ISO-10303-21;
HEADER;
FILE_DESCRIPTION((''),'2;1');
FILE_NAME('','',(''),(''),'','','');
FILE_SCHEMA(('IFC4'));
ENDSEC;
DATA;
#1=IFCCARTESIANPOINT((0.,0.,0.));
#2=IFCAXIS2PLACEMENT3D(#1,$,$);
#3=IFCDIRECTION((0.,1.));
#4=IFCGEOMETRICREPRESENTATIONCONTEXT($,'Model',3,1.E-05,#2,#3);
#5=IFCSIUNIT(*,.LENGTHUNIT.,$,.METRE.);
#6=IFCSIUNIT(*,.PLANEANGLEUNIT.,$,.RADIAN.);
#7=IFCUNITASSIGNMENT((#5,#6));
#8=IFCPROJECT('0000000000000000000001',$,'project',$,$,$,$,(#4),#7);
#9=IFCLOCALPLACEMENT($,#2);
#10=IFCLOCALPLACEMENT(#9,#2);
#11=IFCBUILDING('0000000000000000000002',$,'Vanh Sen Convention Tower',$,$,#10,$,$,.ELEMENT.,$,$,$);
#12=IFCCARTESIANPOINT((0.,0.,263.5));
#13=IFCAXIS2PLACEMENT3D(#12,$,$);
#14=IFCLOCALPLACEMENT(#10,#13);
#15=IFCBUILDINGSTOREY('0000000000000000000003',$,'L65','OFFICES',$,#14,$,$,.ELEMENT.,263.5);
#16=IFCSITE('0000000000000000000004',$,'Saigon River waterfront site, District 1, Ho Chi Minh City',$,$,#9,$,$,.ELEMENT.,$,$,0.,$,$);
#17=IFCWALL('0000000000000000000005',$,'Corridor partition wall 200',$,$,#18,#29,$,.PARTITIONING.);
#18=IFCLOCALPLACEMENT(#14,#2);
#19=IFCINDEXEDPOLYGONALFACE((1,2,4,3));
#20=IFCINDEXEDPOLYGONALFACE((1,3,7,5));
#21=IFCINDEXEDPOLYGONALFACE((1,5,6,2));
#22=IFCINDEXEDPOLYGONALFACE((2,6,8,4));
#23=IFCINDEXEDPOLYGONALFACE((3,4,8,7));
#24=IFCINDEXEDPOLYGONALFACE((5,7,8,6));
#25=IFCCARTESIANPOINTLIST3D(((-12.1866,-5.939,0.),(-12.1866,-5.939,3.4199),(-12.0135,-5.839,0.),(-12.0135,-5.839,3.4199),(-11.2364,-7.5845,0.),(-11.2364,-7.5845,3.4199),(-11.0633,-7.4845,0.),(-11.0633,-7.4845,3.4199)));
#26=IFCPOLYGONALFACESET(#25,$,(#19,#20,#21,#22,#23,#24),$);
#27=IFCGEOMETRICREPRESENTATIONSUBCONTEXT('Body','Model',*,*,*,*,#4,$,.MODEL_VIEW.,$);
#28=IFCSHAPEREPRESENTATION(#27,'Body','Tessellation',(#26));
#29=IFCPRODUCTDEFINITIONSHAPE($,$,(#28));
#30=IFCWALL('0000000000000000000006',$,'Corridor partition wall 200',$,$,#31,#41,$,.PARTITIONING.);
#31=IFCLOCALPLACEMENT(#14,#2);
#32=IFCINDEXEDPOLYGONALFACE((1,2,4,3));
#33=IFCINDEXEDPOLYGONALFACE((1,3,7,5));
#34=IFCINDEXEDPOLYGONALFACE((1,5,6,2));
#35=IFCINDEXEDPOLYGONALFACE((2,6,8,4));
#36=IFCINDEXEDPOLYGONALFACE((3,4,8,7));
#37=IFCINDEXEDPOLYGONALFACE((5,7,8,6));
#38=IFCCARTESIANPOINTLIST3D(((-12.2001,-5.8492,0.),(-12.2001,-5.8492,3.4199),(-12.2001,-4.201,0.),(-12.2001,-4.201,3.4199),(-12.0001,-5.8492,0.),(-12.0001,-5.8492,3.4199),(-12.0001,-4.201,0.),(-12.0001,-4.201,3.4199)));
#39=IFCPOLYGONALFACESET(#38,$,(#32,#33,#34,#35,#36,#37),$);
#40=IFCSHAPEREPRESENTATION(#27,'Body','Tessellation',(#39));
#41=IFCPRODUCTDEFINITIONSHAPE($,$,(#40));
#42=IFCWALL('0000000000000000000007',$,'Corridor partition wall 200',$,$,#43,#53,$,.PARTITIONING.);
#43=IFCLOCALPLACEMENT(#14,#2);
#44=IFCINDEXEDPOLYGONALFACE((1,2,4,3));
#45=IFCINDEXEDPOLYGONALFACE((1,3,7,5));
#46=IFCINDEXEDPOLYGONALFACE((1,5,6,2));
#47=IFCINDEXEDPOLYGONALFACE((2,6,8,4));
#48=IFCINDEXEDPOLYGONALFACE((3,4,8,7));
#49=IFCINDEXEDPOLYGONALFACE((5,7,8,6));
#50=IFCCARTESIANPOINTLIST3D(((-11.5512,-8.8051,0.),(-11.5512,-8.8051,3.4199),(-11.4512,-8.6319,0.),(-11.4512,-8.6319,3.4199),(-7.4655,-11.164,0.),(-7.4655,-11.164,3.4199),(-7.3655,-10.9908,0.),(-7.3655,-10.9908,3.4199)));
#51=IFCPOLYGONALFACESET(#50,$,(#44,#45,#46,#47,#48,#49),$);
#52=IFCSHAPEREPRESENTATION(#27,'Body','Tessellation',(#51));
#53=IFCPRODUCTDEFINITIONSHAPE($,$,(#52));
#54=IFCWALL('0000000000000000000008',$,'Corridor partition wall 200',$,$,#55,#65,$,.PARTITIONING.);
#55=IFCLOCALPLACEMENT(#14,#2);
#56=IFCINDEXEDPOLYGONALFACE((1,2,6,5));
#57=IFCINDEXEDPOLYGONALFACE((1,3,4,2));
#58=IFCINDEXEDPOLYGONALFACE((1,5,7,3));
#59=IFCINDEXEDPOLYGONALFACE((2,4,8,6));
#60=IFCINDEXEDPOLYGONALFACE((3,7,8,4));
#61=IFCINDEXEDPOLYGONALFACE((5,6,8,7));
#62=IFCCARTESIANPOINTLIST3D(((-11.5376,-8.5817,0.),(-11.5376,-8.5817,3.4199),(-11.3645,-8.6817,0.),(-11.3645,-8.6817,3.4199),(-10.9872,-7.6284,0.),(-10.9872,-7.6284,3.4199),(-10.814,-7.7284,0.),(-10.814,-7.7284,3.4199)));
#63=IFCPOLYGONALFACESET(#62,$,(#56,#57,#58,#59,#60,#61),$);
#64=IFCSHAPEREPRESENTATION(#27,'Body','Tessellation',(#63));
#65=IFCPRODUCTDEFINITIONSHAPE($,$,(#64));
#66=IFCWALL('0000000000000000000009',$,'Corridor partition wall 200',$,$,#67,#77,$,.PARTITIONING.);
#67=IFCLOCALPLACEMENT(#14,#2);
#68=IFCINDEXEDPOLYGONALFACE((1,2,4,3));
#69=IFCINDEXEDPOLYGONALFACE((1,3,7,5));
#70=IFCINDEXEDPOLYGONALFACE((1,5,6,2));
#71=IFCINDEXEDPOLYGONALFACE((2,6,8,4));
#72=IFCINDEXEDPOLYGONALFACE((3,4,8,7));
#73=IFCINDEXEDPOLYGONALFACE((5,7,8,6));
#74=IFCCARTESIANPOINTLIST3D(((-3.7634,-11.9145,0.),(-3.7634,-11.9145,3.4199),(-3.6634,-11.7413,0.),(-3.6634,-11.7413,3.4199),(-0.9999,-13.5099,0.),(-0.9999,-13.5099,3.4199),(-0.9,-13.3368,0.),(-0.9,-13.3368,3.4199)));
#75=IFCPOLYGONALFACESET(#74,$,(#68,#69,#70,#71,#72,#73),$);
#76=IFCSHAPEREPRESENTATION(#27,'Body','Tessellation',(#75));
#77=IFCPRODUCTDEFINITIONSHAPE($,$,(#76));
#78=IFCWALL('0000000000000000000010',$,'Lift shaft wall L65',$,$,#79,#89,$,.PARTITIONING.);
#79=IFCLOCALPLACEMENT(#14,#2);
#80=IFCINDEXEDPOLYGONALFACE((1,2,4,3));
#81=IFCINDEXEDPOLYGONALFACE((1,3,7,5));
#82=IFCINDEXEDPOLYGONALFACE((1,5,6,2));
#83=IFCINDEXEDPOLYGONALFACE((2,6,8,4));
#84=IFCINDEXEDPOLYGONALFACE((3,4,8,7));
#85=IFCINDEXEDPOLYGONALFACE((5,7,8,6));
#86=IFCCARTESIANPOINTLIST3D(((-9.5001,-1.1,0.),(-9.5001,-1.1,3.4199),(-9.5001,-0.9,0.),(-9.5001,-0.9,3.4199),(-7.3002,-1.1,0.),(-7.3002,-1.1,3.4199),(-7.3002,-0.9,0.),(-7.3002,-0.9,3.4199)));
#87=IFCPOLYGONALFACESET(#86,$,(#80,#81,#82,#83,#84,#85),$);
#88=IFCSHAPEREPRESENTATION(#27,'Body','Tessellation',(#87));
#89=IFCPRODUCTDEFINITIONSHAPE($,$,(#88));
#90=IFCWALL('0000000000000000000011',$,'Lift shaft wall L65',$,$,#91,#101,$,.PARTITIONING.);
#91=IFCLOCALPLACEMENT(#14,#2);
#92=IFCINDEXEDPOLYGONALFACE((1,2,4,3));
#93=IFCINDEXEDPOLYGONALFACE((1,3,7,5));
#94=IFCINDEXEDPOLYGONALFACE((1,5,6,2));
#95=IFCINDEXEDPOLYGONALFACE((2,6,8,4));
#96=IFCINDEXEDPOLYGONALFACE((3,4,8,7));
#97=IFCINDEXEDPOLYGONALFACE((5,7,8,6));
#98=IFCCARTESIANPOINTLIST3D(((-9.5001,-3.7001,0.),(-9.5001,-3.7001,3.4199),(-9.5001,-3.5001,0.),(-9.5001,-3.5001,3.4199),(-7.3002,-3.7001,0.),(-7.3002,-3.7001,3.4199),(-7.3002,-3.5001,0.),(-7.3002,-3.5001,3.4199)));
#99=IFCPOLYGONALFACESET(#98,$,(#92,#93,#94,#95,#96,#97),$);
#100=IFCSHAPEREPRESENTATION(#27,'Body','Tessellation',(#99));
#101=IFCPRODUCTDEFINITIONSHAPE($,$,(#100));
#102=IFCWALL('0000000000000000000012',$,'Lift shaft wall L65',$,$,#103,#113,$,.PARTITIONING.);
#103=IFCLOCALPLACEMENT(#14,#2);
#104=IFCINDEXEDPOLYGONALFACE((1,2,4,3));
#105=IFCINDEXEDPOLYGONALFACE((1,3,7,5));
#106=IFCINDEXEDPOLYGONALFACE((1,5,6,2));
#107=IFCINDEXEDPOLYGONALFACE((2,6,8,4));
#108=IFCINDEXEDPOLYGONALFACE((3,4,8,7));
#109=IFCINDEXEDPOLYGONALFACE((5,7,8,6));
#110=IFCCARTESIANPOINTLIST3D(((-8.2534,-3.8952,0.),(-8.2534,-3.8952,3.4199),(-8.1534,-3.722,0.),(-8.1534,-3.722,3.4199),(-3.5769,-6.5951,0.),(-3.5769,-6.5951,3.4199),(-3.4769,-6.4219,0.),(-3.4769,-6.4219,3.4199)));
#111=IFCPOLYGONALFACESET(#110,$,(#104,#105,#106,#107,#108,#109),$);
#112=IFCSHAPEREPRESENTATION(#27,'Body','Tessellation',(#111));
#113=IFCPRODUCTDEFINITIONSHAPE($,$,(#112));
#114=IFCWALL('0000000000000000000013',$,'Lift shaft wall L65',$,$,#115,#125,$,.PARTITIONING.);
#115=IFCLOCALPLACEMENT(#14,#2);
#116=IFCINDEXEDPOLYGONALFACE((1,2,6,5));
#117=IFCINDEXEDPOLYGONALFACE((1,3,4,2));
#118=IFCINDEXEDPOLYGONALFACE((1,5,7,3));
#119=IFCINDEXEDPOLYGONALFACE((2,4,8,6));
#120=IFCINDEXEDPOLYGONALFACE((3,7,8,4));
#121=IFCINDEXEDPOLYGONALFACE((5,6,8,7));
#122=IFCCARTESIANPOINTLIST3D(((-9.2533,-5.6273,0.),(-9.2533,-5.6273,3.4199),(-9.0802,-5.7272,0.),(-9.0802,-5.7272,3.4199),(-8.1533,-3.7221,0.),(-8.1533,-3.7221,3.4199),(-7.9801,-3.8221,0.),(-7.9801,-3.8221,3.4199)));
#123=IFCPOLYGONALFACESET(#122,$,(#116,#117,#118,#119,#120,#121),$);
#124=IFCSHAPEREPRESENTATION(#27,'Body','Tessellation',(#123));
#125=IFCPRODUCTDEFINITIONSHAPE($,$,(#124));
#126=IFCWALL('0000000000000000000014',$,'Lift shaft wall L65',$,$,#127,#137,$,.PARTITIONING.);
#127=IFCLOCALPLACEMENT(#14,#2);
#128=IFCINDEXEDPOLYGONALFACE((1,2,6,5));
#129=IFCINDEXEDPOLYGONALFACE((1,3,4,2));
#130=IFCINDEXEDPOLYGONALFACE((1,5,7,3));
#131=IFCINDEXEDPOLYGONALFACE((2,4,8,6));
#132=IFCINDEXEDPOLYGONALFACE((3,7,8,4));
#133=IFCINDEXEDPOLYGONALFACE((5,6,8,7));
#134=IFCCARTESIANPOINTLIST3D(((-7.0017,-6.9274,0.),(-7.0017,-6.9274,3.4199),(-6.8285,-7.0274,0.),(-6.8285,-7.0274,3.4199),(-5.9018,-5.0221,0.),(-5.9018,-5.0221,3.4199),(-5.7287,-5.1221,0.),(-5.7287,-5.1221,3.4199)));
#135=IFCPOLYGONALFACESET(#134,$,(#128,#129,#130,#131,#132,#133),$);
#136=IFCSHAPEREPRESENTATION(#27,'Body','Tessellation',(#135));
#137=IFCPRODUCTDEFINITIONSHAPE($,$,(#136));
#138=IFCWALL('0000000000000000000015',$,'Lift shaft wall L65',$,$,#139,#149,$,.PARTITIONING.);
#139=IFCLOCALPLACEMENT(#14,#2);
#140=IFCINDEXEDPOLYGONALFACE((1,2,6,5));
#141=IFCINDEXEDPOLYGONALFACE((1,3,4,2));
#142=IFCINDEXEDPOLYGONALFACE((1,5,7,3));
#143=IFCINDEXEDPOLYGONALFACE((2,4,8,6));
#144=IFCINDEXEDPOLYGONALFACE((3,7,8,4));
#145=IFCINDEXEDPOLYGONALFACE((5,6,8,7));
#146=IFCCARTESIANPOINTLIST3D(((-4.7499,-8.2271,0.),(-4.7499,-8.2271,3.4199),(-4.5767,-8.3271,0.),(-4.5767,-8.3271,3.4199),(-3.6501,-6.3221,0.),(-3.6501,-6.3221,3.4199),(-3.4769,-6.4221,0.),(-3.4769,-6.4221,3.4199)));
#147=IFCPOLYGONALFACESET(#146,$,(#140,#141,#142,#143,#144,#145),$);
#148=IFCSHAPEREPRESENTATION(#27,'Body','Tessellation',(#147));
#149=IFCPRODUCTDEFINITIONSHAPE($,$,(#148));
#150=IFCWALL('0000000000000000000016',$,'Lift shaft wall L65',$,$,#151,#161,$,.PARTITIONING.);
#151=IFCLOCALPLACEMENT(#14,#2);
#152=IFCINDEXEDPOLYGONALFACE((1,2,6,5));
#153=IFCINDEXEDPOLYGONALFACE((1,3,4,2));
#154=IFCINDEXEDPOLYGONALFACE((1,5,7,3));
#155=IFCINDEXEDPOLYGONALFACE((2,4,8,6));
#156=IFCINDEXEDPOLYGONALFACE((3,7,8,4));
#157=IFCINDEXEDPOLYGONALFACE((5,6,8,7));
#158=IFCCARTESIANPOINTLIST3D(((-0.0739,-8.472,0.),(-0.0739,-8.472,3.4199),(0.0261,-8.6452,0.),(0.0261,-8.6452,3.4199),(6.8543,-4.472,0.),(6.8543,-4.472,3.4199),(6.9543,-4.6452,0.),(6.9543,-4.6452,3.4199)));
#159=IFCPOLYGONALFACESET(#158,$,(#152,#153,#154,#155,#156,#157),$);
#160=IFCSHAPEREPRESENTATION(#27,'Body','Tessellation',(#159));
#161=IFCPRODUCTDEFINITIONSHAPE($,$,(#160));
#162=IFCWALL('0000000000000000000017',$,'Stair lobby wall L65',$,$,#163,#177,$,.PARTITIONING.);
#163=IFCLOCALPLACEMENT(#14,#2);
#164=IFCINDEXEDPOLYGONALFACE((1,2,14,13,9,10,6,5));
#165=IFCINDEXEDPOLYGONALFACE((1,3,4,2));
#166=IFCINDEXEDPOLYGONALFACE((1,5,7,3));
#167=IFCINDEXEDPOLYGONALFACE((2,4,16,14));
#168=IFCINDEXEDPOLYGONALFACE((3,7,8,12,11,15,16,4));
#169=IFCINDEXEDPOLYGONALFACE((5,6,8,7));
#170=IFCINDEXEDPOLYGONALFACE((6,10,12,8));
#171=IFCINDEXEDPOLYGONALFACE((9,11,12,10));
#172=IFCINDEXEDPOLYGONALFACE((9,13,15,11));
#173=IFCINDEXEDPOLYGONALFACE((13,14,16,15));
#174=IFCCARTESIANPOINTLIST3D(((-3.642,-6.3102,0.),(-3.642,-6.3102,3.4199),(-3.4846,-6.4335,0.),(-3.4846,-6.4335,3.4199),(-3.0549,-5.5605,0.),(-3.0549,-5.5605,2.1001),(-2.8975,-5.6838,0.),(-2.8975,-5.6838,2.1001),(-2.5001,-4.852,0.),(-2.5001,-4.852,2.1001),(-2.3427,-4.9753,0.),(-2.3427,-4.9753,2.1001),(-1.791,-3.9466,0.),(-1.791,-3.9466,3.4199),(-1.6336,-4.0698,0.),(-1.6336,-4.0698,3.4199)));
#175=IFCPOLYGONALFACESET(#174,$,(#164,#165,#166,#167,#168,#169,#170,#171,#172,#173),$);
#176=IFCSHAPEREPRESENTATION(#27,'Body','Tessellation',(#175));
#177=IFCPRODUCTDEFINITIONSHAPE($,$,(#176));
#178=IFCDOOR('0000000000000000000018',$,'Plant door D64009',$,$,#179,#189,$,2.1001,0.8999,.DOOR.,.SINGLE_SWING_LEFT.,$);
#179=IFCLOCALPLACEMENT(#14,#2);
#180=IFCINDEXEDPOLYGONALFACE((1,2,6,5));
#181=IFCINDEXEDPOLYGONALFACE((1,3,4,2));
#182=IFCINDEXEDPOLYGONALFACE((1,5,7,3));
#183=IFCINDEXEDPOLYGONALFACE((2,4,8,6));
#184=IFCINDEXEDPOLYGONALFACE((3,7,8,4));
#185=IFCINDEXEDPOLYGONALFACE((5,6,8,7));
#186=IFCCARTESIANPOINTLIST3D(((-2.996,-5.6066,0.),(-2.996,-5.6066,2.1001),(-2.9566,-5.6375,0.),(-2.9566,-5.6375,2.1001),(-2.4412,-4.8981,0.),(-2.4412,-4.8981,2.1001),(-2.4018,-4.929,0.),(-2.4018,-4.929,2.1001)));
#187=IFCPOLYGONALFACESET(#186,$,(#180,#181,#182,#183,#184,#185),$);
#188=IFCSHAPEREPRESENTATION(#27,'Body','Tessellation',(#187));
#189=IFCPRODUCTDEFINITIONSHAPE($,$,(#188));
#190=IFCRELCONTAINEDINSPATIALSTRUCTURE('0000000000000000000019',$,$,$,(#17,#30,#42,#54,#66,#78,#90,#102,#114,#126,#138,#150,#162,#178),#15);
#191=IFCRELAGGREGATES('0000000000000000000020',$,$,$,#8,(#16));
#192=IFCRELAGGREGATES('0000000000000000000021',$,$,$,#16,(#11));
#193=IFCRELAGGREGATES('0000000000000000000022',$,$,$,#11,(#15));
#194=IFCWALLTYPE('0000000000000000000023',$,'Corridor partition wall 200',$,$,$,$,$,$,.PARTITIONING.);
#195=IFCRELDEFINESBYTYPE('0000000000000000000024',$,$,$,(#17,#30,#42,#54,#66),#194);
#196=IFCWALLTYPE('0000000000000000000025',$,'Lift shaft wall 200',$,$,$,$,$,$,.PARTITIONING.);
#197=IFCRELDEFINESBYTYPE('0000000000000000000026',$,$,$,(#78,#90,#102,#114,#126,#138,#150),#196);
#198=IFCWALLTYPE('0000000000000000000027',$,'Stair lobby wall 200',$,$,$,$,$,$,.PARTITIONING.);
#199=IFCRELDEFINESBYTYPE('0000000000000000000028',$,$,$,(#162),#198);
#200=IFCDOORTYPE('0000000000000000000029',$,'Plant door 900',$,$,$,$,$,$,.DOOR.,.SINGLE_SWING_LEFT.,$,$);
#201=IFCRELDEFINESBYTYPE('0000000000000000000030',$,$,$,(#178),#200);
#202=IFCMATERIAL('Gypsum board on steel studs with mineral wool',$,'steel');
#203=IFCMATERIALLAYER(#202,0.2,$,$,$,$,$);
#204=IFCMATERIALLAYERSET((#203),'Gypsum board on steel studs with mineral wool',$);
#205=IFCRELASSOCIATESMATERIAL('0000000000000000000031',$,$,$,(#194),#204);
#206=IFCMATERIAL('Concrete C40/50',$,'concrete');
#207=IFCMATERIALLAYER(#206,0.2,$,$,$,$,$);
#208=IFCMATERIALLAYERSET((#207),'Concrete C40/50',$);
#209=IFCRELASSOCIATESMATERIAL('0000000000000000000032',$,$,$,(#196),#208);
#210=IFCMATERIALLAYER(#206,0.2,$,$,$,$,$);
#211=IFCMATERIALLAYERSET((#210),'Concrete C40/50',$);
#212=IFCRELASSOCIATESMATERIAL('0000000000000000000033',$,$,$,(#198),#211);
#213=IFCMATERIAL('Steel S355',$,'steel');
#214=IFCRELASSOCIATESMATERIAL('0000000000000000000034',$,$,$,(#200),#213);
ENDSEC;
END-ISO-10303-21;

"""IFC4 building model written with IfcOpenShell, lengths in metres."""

from ifc_helpers import new_model, si_unit, direction, frame, frame_2d, origin, place, context, subcontext, project, spatial, rectangle, extrude, material, layer, layer_set, type_object, element, fill, save


model = new_model("IFC4")

# Units and contexts
model_context = context("Model", 3, precision=1e-05, world=origin(), true_north=direction((0.0, 1.0)))
body_context = subcontext(model_context, "Body", "Model", "MODEL_VIEW")
ifc_project = project(units=[si_unit("LENGTHUNIT", "METRE"), si_unit("PLANEANGLEUNIT", "RADIAN")], contexts=[model_context])

# Site, building, storey
site_placement = place(None, origin())
site = spatial("IfcSite", under=ifc_project, at=site_placement, Name="Saigon River waterfront site, District 1, Ho Chi Minh City", CompositionType="ELEMENT", RefElevation=0.0)
building_placement = place(site_placement, origin())
building = spatial("IfcBuilding", under=site, at=building_placement, Name="Vanh Sen Convention Tower", CompositionType="ELEMENT")
storey_placement = place(building_placement, frame((0.0, 0.0, 263.5)))
storey = spatial("IfcBuildingStorey", under=building, at=storey_placement, Name="L65", Description="OFFICES", CompositionType="ELEMENT", Elevation=263.5)

# Shared definitions
ifc_material_1 = material(Name="Steel S355", Category="steel")

# Walls
ifc_material_2 = material(Name="Gypsum board on steel studs with mineral wool", Category="steel")
ifc_layer_1 = layer(ifc_material_2, 0.2)
ifc_layer_set_1 = layer_set([ifc_layer_1], Name="Gypsum board on steel studs with mineral wool")
wall_type_1 = type_object("IfcWallType", Name="Corridor partition wall 200", PredefinedType="PARTITIONING", material=ifc_layer_set_1)
wall_1_placement = place(storey_placement, frame((-12.1001, -5.8889, 0.0), z_axis=(0.0, 0.0, 1.0), x_axis=(0.500064, -0.865989, 0.0)))
element("IfcWall", 1, at=wall_1_placement, inside=storey, type_object=wall_type_1, Name="Corridor partition wall 200", PredefinedType="PARTITIONING", context=body_context, shape_type="SweptSolid", body=[
    extrude(rectangle(XDim=1.9001, YDim=0.2, at=frame_2d((0.9502, 0.0))), origin(), (0.0, 0.0, 1.0), 3.4199),
])
wall_2_placement = place(storey_placement, frame((-12.1001, -4.2009, 0.0), z_axis=(0.0, 0.0, 1.0), x_axis=(0.0, -1.0, 0.0)))
element("IfcWall", 2, at=wall_2_placement, inside=storey, type_object=wall_type_1, Name="Corridor partition wall 200", PredefinedType="PARTITIONING", context=body_context, shape_type="SweptSolid", body=[
    extrude(rectangle(XDim=1.6482, YDim=0.2, at=frame_2d((0.8242, 0.0))), origin(), (0.0, 0.0, 1.0), 3.4199),
])
wall_3_placement = place(storey_placement, frame((-11.5012, -8.7185, 0.0), z_axis=(0.0, 0.0, 1.0), x_axis=(0.866024, -0.500002, 0.0)))
element("IfcWall", 3, at=wall_3_placement, inside=storey, type_object=wall_type_1, Name="Corridor partition wall 200", PredefinedType="PARTITIONING", context=body_context, shape_type="SweptSolid", body=[
    extrude(rectangle(XDim=4.7178, YDim=0.2, at=frame_2d((2.3589, 0.0))), origin(), (0.0, 0.0, 1.0), 3.4199),
])
wall_4_placement = place(storey_placement, frame((-10.9006, -7.6785, 0.0), z_axis=(0.0, 0.0, 1.0), x_axis=(-0.500074, -0.865982, 0.0)))
element("IfcWall", 4, at=wall_4_placement, inside=storey, type_object=wall_type_1, Name="Corridor partition wall 200", PredefinedType="PARTITIONING", context=body_context, shape_type="SweptSolid", body=[
    extrude(rectangle(XDim=1.1008, YDim=0.2, at=frame_2d((0.5503, 0.0))), origin(), (0.0, 0.0, 1.0), 3.4199),
])
wall_5_placement = place(storey_placement, frame((-3.7134, -11.8279, 0.0), z_axis=(0.0, 0.0, 1.0), x_axis=(0.866026, -0.499998, 0.0)))
element("IfcWall", 5, at=wall_5_placement, inside=storey, type_object=wall_type_1, Name="Corridor partition wall 200", PredefinedType="PARTITIONING", context=body_context, shape_type="SweptSolid", body=[
    extrude(rectangle(XDim=3.1909, YDim=0.2, at=frame_2d((1.5955, 0.0))), origin(), (0.0, 0.0, 1.0), 3.4199),
])
ifc_material_3 = material(Name="Concrete C40/50", Category="concrete")
ifc_layer_2 = layer(ifc_material_3, 0.2)
ifc_layer_set_2 = layer_set([ifc_layer_2], Name="Concrete C40/50")
wall_type_2 = type_object("IfcWallType", Name="Lift shaft wall 200", PredefinedType="PARTITIONING", material=ifc_layer_set_2)
for number, where, z_axis, x_axis, name in (
    (6, (-7.3, -1.0, 0.0), (0.0, 0.0, 1.0), (-1.0, 0.0, 0.0), "Lift shaft wall L65"),
    (7, (-7.3, -3.6001, 0.0), (0.0, 0.0, 1.0), (-1.0, 0.0, 0.0), "Lift shaft wall L65"),
):
    element("IfcWall", number, at=place(storey_placement, frame(where, z_axis=z_axis, x_axis=x_axis)), inside=storey, type_object=wall_type_2, Name=name, PredefinedType="PARTITIONING", context=body_context, shape_type="SweptSolid", body=[
        extrude(rectangle(XDim=2.2, YDim=0.2, at=frame_2d((1.1001, 0.0))), origin(), (0.0, 0.0, 1.0), 3.4199),
    ])
wall_6_placement = place(storey_placement, frame((-8.2034, -3.8086, 0.0), z_axis=(0.0, 0.0, 1.0), x_axis=(0.866028, -0.499995, 0.0)))
element("IfcWall", 8, at=wall_6_placement, inside=storey, type_object=wall_type_2, Name="Lift shaft wall L65", PredefinedType="PARTITIONING", context=body_context, shape_type="SweptSolid", body=[
    extrude(rectangle(XDim=5.3999, YDim=0.2, at=frame_2d((2.7, 0.0))), origin(), (0.0, 0.0, 1.0), 3.4199),
])
for number, where, z_axis, x_axis, name in (
    (9, (-8.0667, -3.772, 0.0), (0.0, 0.0, 1.0), (-0.50003, -0.866008, 0.0), "Lift shaft wall L65"),
    (10, (-5.8152, -5.072, 0.0), (0.0, 0.0, 1.0), (-0.499947, -0.866056, 0.0), "Lift shaft wall L65"),
):
    element("IfcWall", number, at=place(storey_placement, frame(where, z_axis=z_axis, x_axis=x_axis)), inside=storey, type_object=wall_type_2, Name=name, PredefinedType="PARTITIONING", context=body_context, shape_type="SweptSolid", body=[
        extrude(rectangle(XDim=2.2, YDim=0.2, at=frame_2d((1.1001, 0.0))), origin(), (0.0, 0.0, 1.0), 3.4199),
    ])
wall_7_placement = place(storey_placement, frame((-3.5635, -6.3721, 0.0), z_axis=(0.0, 0.0, 1.0), x_axis=(-0.499995, -0.866028, 0.0)))
element("IfcWall", 11, at=wall_7_placement, inside=storey, type_object=wall_type_2, Name="Lift shaft wall L65", PredefinedType="PARTITIONING", context=body_context, shape_type="SweptSolid", body=[
    extrude(rectangle(XDim=2.1997, YDim=0.2, at=frame_2d((1.0999, 0.0))), origin(), (0.0, 0.0, 1.0), 3.4199),
])
wall_8_placement = place(storey_placement, frame((-0.0239, -8.5586, 0.0), z_axis=(0.0, 0.0, 1.0), x_axis=(0.866026, 0.499999, 0.0)))
element("IfcWall", 12, at=wall_8_placement, inside=storey, type_object=wall_type_2, Name="Lift shaft wall L65", PredefinedType="PARTITIONING", context=body_context, shape_type="SweptSolid", body=[
    extrude(rectangle(XDim=8.0, YDim=0.2, at=frame_2d((4.0, 0.0))), origin(), (0.0, 0.0, 1.0), 3.4199),
])

# Wall, opening, door
ifc_layer_3 = layer(ifc_material_3, 0.2)
ifc_layer_set_3 = layer_set([ifc_layer_3], Name="Concrete C40/50")
wall_type_3 = type_object("IfcWallType", Name="Stair lobby wall 200", PredefinedType="PARTITIONING", material=ifc_layer_set_3)
wall_9_placement = place(storey_placement, frame((-1.7124, -4.0083, 0.0), z_axis=(0.0, 0.0, 1.0), x_axis=(-0.616549, -0.787316, 0.0)))
wall_9 = element("IfcWall", 13, at=wall_9_placement, inside=storey, type_object=wall_type_3, Name="Stair lobby wall L65", PredefinedType="PARTITIONING", context=body_context, shape_type="SweptSolid", body=[
    extrude(rectangle(XDim=3.0022, YDim=0.2, at=frame_2d((1.501, 0.0))), origin(), (0.0, 0.0, 1.0), 3.4199),
])
opening_1_placement = place(wall_9_placement, frame((1.1499, 0.0, 0.0)))
opening_1 = element("IfcOpeningElement", 14, at=opening_1_placement, cuts=wall_9, PredefinedType="OPENING", context=body_context, shape_type="SweptSolid", body=[
    extrude(rectangle(XDim=0.8999, YDim=2.1001, at=frame_2d((0.45, 1.05))), frame((0.0, 0.1099, 0.0), z_axis=(0.0, -1.0, 0.0), x_axis=(1.0, 0.0, 0.0)), (0.0, 0.0, 1.0), 0.22),
])
door_type_1 = type_object("IfcDoorType", Name="Plant door 900", OperationType="SINGLE_SWING_LEFT", PredefinedType="DOOR", material=ifc_material_1)
door_1_placement = place(opening_1_placement, origin())
door_1 = element("IfcDoor", 15, at=door_1_placement, inside=storey, type_object=door_type_1, Name="Plant door D64009", OperationType="SINGLE_SWING_LEFT", OverallHeight=2.1001, OverallWidth=0.8999, PredefinedType="DOOR", context=body_context, shape_type="SweptSolid", body=[
    extrude(rectangle(XDim=0.8999, YDim=2.1001, at=frame_2d((0.45, 1.05))), frame((0.0, 0.0249, 0.0), z_axis=(0.0, -1.0, 0.0), x_axis=(1.0, 0.0, 0.0)), (0.0, 0.0, 1.0), 0.05),
])
fill(opening_1, door_1)

save(model, "model.ifc")
